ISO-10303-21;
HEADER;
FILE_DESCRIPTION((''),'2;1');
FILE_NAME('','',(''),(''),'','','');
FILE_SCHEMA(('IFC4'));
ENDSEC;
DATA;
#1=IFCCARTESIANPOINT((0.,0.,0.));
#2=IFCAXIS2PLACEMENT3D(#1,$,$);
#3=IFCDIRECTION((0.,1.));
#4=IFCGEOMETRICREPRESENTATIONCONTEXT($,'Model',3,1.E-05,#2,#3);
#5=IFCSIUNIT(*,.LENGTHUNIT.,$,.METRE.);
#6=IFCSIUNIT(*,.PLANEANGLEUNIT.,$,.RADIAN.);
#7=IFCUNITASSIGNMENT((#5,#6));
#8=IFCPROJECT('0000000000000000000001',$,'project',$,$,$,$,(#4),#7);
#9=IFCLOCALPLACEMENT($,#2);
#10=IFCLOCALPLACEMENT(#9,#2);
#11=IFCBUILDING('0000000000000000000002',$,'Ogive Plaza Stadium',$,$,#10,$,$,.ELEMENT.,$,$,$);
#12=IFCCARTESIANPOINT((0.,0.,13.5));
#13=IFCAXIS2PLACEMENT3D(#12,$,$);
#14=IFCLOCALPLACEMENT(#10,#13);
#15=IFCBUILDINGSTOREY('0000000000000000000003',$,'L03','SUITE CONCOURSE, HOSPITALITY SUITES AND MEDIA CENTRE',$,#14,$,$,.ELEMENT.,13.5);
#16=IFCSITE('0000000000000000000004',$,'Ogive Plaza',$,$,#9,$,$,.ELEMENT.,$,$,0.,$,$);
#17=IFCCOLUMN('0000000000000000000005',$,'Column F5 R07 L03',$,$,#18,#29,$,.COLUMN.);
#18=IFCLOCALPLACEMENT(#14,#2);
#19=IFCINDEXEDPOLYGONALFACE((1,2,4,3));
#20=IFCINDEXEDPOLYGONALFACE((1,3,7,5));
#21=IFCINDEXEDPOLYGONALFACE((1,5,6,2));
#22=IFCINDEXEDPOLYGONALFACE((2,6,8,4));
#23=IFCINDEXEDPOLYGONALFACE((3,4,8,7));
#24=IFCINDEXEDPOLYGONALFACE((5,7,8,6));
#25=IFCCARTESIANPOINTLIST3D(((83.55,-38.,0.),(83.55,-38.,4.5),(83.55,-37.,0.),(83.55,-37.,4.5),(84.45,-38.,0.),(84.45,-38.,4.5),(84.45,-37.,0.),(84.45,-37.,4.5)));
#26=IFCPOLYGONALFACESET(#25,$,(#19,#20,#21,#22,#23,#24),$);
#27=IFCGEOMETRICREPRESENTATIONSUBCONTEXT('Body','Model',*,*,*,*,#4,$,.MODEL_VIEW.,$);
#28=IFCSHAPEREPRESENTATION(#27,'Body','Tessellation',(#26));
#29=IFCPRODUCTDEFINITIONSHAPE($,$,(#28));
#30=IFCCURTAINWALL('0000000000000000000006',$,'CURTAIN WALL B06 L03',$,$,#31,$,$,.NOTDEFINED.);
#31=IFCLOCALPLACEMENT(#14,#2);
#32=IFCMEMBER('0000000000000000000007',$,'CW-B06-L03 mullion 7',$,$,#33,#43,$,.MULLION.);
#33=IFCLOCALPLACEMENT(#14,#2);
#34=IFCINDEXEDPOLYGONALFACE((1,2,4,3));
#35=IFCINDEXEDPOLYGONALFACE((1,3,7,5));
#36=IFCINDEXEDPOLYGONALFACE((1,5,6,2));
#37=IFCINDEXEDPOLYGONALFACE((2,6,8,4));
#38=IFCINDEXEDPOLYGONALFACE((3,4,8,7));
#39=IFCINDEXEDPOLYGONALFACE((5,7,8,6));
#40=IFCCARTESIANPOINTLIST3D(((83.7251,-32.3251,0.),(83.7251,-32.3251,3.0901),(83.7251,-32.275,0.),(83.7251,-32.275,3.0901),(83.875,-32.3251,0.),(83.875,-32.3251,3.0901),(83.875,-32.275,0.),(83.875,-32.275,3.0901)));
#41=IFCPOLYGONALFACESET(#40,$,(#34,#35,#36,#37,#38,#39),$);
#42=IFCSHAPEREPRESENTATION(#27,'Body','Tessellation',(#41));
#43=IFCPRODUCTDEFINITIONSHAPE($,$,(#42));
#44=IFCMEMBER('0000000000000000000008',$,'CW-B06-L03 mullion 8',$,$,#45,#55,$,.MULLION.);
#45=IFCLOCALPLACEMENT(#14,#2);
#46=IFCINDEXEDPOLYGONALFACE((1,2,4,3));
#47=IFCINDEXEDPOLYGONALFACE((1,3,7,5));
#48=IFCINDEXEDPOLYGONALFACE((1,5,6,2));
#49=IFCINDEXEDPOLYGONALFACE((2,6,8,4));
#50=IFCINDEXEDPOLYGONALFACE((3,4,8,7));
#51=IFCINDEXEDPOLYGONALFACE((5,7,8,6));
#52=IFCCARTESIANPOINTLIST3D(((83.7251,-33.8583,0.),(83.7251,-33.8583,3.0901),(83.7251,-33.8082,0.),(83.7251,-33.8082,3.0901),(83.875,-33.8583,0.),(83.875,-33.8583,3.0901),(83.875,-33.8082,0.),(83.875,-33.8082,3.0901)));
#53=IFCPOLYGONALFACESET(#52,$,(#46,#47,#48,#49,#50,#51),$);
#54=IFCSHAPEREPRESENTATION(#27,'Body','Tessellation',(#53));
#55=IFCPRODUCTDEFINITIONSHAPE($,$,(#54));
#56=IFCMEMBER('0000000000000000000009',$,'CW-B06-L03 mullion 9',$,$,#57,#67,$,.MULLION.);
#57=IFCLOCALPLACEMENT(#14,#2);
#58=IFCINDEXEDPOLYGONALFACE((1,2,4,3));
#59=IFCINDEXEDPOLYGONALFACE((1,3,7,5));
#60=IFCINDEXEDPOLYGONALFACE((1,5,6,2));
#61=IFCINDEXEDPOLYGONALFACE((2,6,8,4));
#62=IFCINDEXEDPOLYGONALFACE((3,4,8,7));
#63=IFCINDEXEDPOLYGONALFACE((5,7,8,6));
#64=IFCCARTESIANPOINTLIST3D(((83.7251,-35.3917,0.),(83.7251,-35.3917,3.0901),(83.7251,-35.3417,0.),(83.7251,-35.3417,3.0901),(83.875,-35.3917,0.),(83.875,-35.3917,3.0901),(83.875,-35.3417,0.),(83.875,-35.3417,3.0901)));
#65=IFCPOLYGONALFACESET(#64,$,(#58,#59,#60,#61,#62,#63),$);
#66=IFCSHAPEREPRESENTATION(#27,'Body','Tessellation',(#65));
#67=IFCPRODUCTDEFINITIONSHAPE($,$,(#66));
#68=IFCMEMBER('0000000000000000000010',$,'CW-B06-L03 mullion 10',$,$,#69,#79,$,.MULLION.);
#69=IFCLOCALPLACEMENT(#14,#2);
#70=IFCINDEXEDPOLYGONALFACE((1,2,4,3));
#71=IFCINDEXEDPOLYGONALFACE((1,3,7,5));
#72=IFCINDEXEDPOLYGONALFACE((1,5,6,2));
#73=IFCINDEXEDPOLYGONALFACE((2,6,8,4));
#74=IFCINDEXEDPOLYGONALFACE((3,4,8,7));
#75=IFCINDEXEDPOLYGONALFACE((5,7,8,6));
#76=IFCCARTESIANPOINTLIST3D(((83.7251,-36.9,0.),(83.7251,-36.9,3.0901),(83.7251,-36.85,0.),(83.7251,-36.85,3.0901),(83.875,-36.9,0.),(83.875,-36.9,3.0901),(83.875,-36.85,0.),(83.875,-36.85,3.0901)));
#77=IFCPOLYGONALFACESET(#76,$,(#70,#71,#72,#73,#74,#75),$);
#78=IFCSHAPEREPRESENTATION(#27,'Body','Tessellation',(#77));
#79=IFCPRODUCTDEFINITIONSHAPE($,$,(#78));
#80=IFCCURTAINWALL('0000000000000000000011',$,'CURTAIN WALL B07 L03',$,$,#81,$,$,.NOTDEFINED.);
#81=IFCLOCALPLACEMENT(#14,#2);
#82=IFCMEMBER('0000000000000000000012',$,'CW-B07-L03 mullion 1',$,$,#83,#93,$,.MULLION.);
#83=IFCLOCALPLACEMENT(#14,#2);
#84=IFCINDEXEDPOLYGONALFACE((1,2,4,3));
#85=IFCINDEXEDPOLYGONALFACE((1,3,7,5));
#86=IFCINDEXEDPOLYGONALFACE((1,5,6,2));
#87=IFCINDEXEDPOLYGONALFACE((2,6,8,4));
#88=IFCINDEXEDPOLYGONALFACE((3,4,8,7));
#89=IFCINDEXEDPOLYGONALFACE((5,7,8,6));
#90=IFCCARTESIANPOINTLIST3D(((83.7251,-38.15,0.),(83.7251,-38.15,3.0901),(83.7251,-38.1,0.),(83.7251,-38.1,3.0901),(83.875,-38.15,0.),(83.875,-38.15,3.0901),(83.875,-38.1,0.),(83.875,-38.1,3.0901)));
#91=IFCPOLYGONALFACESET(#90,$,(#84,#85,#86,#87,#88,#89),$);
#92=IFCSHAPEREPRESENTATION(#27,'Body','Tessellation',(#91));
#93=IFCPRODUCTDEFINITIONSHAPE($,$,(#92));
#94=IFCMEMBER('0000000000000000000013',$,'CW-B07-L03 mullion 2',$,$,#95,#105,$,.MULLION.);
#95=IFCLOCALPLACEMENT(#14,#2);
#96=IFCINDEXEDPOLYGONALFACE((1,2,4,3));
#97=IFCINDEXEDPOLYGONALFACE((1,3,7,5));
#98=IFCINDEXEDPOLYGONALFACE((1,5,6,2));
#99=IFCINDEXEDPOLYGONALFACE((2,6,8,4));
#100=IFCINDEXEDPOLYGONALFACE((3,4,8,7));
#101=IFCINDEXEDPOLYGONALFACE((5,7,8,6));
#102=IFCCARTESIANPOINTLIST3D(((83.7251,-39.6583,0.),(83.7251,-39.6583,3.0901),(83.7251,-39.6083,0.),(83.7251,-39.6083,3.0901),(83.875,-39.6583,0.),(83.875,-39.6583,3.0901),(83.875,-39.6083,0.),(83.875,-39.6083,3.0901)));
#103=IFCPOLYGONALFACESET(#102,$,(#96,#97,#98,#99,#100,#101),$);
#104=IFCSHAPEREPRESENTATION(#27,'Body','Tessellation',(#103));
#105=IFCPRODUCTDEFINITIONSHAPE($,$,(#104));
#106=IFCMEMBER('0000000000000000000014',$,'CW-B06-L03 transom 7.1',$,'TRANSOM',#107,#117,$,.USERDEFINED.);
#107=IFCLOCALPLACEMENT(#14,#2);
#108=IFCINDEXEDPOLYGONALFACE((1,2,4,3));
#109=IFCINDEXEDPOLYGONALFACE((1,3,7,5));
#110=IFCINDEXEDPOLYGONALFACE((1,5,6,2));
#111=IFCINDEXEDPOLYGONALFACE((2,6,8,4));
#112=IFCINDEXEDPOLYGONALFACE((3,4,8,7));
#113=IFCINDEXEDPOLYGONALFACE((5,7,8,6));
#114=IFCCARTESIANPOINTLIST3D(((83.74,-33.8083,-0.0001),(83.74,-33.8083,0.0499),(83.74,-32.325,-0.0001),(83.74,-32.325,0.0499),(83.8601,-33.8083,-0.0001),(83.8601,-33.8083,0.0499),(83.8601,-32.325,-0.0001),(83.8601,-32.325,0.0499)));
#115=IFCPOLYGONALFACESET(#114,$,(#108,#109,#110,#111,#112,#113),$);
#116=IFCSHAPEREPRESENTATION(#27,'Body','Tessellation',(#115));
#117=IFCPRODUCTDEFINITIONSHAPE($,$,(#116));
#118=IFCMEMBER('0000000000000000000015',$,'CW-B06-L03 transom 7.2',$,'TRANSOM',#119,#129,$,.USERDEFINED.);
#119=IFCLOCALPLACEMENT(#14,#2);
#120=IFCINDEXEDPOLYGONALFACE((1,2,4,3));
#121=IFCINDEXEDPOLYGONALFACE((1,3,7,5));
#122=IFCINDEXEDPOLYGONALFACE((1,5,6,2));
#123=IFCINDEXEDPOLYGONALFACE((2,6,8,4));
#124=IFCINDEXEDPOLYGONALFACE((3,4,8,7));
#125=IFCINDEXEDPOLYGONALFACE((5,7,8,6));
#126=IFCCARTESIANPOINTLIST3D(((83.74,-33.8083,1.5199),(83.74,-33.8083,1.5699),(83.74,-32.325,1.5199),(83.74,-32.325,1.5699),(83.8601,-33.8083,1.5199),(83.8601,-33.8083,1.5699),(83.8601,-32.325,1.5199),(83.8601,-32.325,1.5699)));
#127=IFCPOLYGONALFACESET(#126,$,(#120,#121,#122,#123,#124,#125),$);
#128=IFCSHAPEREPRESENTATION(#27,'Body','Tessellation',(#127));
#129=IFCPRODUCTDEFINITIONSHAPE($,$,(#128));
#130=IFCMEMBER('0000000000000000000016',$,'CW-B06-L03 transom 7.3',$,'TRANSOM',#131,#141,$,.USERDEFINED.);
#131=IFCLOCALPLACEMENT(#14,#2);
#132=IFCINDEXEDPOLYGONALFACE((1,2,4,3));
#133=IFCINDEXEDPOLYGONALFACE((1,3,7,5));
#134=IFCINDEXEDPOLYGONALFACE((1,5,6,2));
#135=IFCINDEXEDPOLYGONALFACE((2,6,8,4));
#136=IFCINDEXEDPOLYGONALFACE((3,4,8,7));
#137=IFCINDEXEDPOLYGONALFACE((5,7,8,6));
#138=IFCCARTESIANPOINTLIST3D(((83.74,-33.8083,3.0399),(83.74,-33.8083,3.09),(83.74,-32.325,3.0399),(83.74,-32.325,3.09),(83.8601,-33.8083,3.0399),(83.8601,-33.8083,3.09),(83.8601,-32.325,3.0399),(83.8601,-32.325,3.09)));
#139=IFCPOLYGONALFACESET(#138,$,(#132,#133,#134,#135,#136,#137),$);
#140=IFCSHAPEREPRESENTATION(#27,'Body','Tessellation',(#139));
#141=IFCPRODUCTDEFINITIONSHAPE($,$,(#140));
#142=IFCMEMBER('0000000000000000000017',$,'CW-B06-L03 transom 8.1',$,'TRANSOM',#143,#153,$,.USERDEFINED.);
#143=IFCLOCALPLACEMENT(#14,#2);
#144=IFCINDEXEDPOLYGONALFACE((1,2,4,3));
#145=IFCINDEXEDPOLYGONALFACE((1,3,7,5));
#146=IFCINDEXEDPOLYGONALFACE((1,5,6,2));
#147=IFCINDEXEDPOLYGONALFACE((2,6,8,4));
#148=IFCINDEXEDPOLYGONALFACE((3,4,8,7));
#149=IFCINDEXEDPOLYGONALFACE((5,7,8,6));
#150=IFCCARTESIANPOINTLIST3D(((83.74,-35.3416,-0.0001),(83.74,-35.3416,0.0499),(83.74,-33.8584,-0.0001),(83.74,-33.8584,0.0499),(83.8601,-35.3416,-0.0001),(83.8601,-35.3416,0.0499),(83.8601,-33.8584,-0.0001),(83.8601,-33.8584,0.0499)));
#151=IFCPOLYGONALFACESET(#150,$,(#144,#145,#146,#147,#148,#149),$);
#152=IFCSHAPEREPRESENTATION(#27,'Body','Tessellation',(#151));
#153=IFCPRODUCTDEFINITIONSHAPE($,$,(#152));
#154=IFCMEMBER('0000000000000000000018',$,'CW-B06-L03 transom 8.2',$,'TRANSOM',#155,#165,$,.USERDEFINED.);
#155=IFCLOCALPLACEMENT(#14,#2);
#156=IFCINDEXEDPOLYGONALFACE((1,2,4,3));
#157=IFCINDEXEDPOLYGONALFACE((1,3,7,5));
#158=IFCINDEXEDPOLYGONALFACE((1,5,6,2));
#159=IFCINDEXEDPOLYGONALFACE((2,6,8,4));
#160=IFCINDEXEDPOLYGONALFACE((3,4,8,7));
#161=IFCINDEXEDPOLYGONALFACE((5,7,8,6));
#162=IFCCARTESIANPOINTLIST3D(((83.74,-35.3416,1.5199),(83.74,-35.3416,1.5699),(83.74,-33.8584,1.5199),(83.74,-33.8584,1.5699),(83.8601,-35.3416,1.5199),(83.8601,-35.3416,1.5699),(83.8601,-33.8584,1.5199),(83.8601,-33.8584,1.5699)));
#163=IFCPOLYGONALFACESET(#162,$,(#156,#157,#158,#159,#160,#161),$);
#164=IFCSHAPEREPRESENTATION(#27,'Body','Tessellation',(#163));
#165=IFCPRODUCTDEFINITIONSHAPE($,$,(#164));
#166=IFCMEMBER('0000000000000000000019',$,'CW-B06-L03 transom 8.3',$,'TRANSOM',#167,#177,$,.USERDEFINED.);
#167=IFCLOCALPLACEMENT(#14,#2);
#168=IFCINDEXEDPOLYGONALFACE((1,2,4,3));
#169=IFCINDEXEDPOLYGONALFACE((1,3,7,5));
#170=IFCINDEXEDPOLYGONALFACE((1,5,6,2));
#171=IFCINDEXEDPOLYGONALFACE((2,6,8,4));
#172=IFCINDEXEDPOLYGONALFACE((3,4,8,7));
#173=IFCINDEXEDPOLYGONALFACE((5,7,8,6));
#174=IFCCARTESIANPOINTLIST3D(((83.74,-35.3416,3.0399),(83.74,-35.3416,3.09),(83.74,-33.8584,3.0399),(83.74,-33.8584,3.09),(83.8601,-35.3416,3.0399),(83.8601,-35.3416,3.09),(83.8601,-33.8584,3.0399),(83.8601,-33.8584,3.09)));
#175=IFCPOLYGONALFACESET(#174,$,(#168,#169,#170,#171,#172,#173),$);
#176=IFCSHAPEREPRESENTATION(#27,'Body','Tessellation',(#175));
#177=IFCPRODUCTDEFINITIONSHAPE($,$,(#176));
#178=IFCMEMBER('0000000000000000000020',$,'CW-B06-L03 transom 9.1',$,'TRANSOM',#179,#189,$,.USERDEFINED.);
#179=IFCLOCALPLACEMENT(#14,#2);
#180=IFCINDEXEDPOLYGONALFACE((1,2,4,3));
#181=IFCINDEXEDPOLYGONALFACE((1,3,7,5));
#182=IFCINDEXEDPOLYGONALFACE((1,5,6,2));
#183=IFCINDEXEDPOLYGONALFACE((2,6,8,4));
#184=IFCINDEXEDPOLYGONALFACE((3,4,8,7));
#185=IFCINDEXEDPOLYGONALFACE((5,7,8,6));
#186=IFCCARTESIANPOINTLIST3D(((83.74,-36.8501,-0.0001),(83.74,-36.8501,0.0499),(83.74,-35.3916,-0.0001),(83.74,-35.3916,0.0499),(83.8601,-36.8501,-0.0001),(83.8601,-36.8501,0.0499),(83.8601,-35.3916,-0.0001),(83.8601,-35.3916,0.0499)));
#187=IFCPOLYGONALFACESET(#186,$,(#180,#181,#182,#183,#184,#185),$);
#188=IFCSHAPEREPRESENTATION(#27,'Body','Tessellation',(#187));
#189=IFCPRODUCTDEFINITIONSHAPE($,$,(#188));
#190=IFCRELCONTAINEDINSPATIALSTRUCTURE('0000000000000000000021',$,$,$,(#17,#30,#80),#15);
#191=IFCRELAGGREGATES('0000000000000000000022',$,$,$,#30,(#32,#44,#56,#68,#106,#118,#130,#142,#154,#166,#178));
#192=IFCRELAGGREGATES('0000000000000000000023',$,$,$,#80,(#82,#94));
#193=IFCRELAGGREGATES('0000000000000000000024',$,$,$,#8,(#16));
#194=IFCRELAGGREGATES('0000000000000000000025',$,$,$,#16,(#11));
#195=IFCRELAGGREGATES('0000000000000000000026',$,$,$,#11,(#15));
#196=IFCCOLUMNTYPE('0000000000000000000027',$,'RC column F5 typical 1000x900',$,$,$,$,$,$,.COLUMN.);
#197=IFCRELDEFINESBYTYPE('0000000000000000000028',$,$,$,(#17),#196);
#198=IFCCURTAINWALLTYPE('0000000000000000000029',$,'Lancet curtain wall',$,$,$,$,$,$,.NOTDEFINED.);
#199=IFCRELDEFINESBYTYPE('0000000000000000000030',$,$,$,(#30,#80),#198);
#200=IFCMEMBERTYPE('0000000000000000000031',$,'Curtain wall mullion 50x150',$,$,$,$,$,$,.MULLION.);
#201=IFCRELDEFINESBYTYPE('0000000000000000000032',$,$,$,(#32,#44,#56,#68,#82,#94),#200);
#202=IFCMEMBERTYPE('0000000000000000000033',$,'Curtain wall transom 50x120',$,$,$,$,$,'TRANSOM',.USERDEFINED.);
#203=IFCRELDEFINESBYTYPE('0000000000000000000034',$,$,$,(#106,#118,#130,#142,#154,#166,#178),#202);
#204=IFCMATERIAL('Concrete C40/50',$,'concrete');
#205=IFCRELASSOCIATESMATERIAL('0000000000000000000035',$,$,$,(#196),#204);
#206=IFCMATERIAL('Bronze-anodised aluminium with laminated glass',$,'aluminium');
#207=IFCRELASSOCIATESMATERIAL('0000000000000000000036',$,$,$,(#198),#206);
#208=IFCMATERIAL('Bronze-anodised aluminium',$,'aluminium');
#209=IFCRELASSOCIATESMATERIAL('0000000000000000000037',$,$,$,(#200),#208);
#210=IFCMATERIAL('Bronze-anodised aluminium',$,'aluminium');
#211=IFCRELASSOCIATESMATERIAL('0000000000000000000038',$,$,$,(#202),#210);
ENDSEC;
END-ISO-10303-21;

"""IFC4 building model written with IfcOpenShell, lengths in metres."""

from ifc_helpers import new_model, si_unit, direction, frame, origin, origin_2d, place, context, subcontext, project, spatial, rectangle, extrude, material, material_profile, profile_set, type_object, element, aggregate, save


model = new_model("IFC4")

# Units and contexts
model_context = context("Model", 3, precision=1e-05, world=origin(), true_north=direction((0.0, 1.0)))
body_context = subcontext(model_context, "Body", "Model", "MODEL_VIEW")
ifc_project = project(units=[si_unit("LENGTHUNIT", "METRE"), si_unit("PLANEANGLEUNIT", "RADIAN")], contexts=[model_context])

# Site, building, storey
site_placement = place(None, origin())
site = spatial("IfcSite", under=ifc_project, at=site_placement, Name="Ogive Plaza", CompositionType="ELEMENT", RefElevation=0.0)
building_placement = place(site_placement, origin())
building = spatial("IfcBuilding", under=site, at=building_placement, Name="Ogive Plaza Stadium", CompositionType="ELEMENT")
storey_placement = place(building_placement, frame((0.0, 0.0, 13.5)))
storey = spatial("IfcBuildingStorey", under=building, at=storey_placement, Name="L03", Description="SUITE CONCOURSE, HOSPITALITY SUITES AND MEDIA CENTRE", CompositionType="ELEMENT", Elevation=13.5)

# Column
ifc_material_1 = material(Name="Concrete C40/50", Category="concrete")
ifc_material_profile_1 = material_profile(ifc_material_1, rectangle(XDim=1.0, YDim=0.8999, at=origin_2d()), Name="RC 1000x900")
ifc_profile_set_1 = profile_set([ifc_material_profile_1], Name="Concrete C40/50")
column_type = type_object("IfcColumnType", Name="RC column F5 typical 1000x900", PredefinedType="COLUMN", material=ifc_profile_set_1)
column_placement = place(storey_placement, frame((84.0, -37.5, 0.0), z_axis=(0.0, 0.0, 1.0), x_axis=(0.0, 1.0, 0.0)))
element("IfcColumn", 1, at=column_placement, inside=storey, type_object=column_type, Name="Column F5 R07 L03", PredefinedType="COLUMN", context=body_context, shape_type="SweptSolid", body=[
    extrude(rectangle(XDim=1.0, YDim=0.8999, at=origin_2d()), origin(), (0.0, 0.0, 1.0), 4.5),
])

# Curtain walls, members
ifc_material_2 = material(Name="Bronze-anodised aluminium with laminated glass", Category="aluminium")
curtain_wall_type = type_object("IfcCurtainWallType", Name="Lancet curtain wall", PredefinedType="NOTDEFINED", material=ifc_material_2)
curtain_wall_1_placement = place(storey_placement, origin())
curtain_wall_1 = element("IfcCurtainWall", 2, at=curtain_wall_1_placement, inside=storey, type_object=curtain_wall_type, Name="CURTAIN WALL B06 L03", PredefinedType="NOTDEFINED")
ifc_material_3 = material(Name="Bronze-anodised aluminium", Category="aluminium")
ifc_material_profile_2 = material_profile(ifc_material_3, rectangle(XDim=0.1499, YDim=0.05, at=origin_2d()), Name="AL 150x50")
ifc_profile_set_2 = profile_set([ifc_material_profile_2], Name="Bronze-anodised aluminium")
member_type_1 = type_object("IfcMemberType", Name="Curtain wall mullion 50x150", PredefinedType="MULLION", material=ifc_profile_set_2)
member_1_placement = place(storey_placement, frame((83.8, -32.3, 0.0), z_axis=(0.0, 0.0, 1.0), x_axis=(1.0, 0.0, 0.0)))
member_1 = element("IfcMember", 3, at=member_1_placement, type_object=member_type_1, Name="CW-B06-L03 mullion 7", PredefinedType="MULLION", context=body_context, shape_type="SweptSolid", body=[
    extrude(rectangle(XDim=0.1499, YDim=0.05, at=origin_2d()), origin(), (0.0, 0.0, 1.0), 3.0901),
])
member_2_placement = place(storey_placement, frame((83.8, -33.8333, 0.0), z_axis=(0.0, 0.0, 1.0), x_axis=(1.0, 0.0, 0.0)))
member_2 = element("IfcMember", 4, at=member_2_placement, type_object=member_type_1, Name="CW-B06-L03 mullion 8", PredefinedType="MULLION", context=body_context, shape_type="SweptSolid", body=[
    extrude(rectangle(XDim=0.1499, YDim=0.05, at=origin_2d()), origin(), (0.0, 0.0, 1.0), 3.0901),
])
member_3_placement = place(storey_placement, frame((83.8, -35.3667, 0.0), z_axis=(0.0, 0.0, 1.0), x_axis=(1.0, 0.0, 0.0)))
member_3 = element("IfcMember", 5, at=member_3_placement, type_object=member_type_1, Name="CW-B06-L03 mullion 9", PredefinedType="MULLION", context=body_context, shape_type="SweptSolid", body=[
    extrude(rectangle(XDim=0.1499, YDim=0.05, at=origin_2d()), origin(), (0.0, 0.0, 1.0), 3.0901),
])
member_4_placement = place(storey_placement, frame((83.8, -36.875, 0.0), z_axis=(0.0, 0.0, 1.0), x_axis=(1.0, 0.0, 0.0)))
member_4 = element("IfcMember", 6, at=member_4_placement, type_object=member_type_1, Name="CW-B06-L03 mullion 10", PredefinedType="MULLION", context=body_context, shape_type="SweptSolid", body=[
    extrude(rectangle(XDim=0.1499, YDim=0.05, at=origin_2d()), origin(), (0.0, 0.0, 1.0), 3.0901),
])
curtain_wall_2_placement = place(storey_placement, origin())
curtain_wall_2 = element("IfcCurtainWall", 7, at=curtain_wall_2_placement, inside=storey, type_object=curtain_wall_type, Name="CURTAIN WALL B07 L03", PredefinedType="NOTDEFINED")
member_5_placement = place(storey_placement, frame((83.8, -38.125, 0.0), z_axis=(0.0, 0.0, 1.0), x_axis=(1.0, 0.0, 0.0)))
member_5 = element("IfcMember", 8, at=member_5_placement, type_object=member_type_1, Name="CW-B07-L03 mullion 1", PredefinedType="MULLION", context=body_context, shape_type="SweptSolid", body=[
    extrude(rectangle(XDim=0.1499, YDim=0.05, at=origin_2d()), origin(), (0.0, 0.0, 1.0), 3.0901),
])
member_6_placement = place(storey_placement, frame((83.8, -39.6333, 0.0), z_axis=(0.0, 0.0, 1.0), x_axis=(1.0, 0.0, 0.0)))
member_6 = element("IfcMember", 9, at=member_6_placement, type_object=member_type_1, Name="CW-B07-L03 mullion 2", PredefinedType="MULLION", context=body_context, shape_type="SweptSolid", body=[
    extrude(rectangle(XDim=0.1499, YDim=0.05, at=origin_2d()), origin(), (0.0, 0.0, 1.0), 3.0901),
])

# Members
ifc_material_4 = material(Name="Bronze-anodised aluminium", Category="aluminium")
ifc_material_profile_3 = material_profile(ifc_material_4, rectangle(XDim=0.1201, YDim=0.05, at=origin_2d()), Name="AL 120x50")
ifc_profile_set_3 = profile_set([ifc_material_profile_3], Name="Bronze-anodised aluminium")
member_type_2 = type_object("IfcMemberType", Name="Curtain wall transom 50x120", ElementType="TRANSOM", PredefinedType="USERDEFINED", material=ifc_profile_set_3)
member_7_placement = place(storey_placement, frame((83.8, -32.325, 0.0249), z_axis=(0.0, -1.0, 0.0), x_axis=(1.0, 0.0, 0.0)))
member_7 = element("IfcMember", 10, at=member_7_placement, type_object=member_type_2, Name="CW-B06-L03 transom 7.1", ObjectType="TRANSOM", PredefinedType="USERDEFINED", context=body_context, shape_type="SweptSolid", body=[
    extrude(rectangle(XDim=0.1201, YDim=0.05, at=origin_2d()), origin(), (0.0, 0.0, 1.0), 1.4834),
])
member_8_placement = place(storey_placement, frame((83.8, -32.325, 1.5449), z_axis=(0.0, -1.0, 0.0), x_axis=(1.0, 0.0, 0.0)))
member_8 = element("IfcMember", 11, at=member_8_placement, type_object=member_type_2, Name="CW-B06-L03 transom 7.2", ObjectType="TRANSOM", PredefinedType="USERDEFINED", context=body_context, shape_type="SweptSolid", body=[
    extrude(rectangle(XDim=0.1201, YDim=0.05, at=origin_2d()), origin(), (0.0, 0.0, 1.0), 1.4834),
])
member_9_placement = place(storey_placement, frame((83.8, -32.325, 3.0649), z_axis=(0.0, -1.0, 0.0), x_axis=(1.0, 0.0, 0.0)))
member_9 = element("IfcMember", 12, at=member_9_placement, type_object=member_type_2, Name="CW-B06-L03 transom 7.3", ObjectType="TRANSOM", PredefinedType="USERDEFINED", context=body_context, shape_type="SweptSolid", body=[
    extrude(rectangle(XDim=0.1201, YDim=0.05, at=origin_2d()), origin(), (0.0, 0.0, 1.0), 1.4834),
])
member_10_placement = place(storey_placement, frame((83.8, -33.8584, 0.0249), z_axis=(0.0, -1.0, 0.0), x_axis=(1.0, 0.0, 0.0)))
member_10 = element("IfcMember", 13, at=member_10_placement, type_object=member_type_2, Name="CW-B06-L03 transom 8.1", ObjectType="TRANSOM", PredefinedType="USERDEFINED", context=body_context, shape_type="SweptSolid", body=[
    extrude(rectangle(XDim=0.1201, YDim=0.05, at=origin_2d()), origin(), (0.0, 0.0, 1.0), 1.4832),
])
member_11_placement = place(storey_placement, frame((83.8, -33.8584, 1.5449), z_axis=(0.0, -1.0, 0.0), x_axis=(1.0, 0.0, 0.0)))
member_11 = element("IfcMember", 14, at=member_11_placement, type_object=member_type_2, Name="CW-B06-L03 transom 8.2", ObjectType="TRANSOM", PredefinedType="USERDEFINED", context=body_context, shape_type="SweptSolid", body=[
    extrude(rectangle(XDim=0.1201, YDim=0.05, at=origin_2d()), origin(), (0.0, 0.0, 1.0), 1.4832),
])
member_12_placement = place(storey_placement, frame((83.8, -33.8584, 3.0649), z_axis=(0.0, -1.0, 0.0), x_axis=(1.0, 0.0, 0.0)))
member_12 = element("IfcMember", 15, at=member_12_placement, type_object=member_type_2, Name="CW-B06-L03 transom 8.3", ObjectType="TRANSOM", PredefinedType="USERDEFINED", context=body_context, shape_type="SweptSolid", body=[
    extrude(rectangle(XDim=0.1201, YDim=0.05, at=origin_2d()), origin(), (0.0, 0.0, 1.0), 1.4832),
])
member_13_placement = place(storey_placement, frame((83.8, -35.3916, 0.0249), z_axis=(0.0, -1.0, 0.0), x_axis=(1.0, 0.0, 0.0)))
member_13 = element("IfcMember", 16, at=member_13_placement, type_object=member_type_2, Name="CW-B06-L03 transom 9.1", ObjectType="TRANSOM", PredefinedType="USERDEFINED", context=body_context, shape_type="SweptSolid", body=[
    extrude(rectangle(XDim=0.1201, YDim=0.05, at=origin_2d()), origin(), (0.0, 0.0, 1.0), 1.4585),
])

aggregate(curtain_wall_1, [member_1, member_2, member_3, member_4, member_7, member_8, member_9, member_10, member_11, member_12, member_13])
aggregate(curtain_wall_2, [member_5, member_6])

save(model, "model.ifc")
